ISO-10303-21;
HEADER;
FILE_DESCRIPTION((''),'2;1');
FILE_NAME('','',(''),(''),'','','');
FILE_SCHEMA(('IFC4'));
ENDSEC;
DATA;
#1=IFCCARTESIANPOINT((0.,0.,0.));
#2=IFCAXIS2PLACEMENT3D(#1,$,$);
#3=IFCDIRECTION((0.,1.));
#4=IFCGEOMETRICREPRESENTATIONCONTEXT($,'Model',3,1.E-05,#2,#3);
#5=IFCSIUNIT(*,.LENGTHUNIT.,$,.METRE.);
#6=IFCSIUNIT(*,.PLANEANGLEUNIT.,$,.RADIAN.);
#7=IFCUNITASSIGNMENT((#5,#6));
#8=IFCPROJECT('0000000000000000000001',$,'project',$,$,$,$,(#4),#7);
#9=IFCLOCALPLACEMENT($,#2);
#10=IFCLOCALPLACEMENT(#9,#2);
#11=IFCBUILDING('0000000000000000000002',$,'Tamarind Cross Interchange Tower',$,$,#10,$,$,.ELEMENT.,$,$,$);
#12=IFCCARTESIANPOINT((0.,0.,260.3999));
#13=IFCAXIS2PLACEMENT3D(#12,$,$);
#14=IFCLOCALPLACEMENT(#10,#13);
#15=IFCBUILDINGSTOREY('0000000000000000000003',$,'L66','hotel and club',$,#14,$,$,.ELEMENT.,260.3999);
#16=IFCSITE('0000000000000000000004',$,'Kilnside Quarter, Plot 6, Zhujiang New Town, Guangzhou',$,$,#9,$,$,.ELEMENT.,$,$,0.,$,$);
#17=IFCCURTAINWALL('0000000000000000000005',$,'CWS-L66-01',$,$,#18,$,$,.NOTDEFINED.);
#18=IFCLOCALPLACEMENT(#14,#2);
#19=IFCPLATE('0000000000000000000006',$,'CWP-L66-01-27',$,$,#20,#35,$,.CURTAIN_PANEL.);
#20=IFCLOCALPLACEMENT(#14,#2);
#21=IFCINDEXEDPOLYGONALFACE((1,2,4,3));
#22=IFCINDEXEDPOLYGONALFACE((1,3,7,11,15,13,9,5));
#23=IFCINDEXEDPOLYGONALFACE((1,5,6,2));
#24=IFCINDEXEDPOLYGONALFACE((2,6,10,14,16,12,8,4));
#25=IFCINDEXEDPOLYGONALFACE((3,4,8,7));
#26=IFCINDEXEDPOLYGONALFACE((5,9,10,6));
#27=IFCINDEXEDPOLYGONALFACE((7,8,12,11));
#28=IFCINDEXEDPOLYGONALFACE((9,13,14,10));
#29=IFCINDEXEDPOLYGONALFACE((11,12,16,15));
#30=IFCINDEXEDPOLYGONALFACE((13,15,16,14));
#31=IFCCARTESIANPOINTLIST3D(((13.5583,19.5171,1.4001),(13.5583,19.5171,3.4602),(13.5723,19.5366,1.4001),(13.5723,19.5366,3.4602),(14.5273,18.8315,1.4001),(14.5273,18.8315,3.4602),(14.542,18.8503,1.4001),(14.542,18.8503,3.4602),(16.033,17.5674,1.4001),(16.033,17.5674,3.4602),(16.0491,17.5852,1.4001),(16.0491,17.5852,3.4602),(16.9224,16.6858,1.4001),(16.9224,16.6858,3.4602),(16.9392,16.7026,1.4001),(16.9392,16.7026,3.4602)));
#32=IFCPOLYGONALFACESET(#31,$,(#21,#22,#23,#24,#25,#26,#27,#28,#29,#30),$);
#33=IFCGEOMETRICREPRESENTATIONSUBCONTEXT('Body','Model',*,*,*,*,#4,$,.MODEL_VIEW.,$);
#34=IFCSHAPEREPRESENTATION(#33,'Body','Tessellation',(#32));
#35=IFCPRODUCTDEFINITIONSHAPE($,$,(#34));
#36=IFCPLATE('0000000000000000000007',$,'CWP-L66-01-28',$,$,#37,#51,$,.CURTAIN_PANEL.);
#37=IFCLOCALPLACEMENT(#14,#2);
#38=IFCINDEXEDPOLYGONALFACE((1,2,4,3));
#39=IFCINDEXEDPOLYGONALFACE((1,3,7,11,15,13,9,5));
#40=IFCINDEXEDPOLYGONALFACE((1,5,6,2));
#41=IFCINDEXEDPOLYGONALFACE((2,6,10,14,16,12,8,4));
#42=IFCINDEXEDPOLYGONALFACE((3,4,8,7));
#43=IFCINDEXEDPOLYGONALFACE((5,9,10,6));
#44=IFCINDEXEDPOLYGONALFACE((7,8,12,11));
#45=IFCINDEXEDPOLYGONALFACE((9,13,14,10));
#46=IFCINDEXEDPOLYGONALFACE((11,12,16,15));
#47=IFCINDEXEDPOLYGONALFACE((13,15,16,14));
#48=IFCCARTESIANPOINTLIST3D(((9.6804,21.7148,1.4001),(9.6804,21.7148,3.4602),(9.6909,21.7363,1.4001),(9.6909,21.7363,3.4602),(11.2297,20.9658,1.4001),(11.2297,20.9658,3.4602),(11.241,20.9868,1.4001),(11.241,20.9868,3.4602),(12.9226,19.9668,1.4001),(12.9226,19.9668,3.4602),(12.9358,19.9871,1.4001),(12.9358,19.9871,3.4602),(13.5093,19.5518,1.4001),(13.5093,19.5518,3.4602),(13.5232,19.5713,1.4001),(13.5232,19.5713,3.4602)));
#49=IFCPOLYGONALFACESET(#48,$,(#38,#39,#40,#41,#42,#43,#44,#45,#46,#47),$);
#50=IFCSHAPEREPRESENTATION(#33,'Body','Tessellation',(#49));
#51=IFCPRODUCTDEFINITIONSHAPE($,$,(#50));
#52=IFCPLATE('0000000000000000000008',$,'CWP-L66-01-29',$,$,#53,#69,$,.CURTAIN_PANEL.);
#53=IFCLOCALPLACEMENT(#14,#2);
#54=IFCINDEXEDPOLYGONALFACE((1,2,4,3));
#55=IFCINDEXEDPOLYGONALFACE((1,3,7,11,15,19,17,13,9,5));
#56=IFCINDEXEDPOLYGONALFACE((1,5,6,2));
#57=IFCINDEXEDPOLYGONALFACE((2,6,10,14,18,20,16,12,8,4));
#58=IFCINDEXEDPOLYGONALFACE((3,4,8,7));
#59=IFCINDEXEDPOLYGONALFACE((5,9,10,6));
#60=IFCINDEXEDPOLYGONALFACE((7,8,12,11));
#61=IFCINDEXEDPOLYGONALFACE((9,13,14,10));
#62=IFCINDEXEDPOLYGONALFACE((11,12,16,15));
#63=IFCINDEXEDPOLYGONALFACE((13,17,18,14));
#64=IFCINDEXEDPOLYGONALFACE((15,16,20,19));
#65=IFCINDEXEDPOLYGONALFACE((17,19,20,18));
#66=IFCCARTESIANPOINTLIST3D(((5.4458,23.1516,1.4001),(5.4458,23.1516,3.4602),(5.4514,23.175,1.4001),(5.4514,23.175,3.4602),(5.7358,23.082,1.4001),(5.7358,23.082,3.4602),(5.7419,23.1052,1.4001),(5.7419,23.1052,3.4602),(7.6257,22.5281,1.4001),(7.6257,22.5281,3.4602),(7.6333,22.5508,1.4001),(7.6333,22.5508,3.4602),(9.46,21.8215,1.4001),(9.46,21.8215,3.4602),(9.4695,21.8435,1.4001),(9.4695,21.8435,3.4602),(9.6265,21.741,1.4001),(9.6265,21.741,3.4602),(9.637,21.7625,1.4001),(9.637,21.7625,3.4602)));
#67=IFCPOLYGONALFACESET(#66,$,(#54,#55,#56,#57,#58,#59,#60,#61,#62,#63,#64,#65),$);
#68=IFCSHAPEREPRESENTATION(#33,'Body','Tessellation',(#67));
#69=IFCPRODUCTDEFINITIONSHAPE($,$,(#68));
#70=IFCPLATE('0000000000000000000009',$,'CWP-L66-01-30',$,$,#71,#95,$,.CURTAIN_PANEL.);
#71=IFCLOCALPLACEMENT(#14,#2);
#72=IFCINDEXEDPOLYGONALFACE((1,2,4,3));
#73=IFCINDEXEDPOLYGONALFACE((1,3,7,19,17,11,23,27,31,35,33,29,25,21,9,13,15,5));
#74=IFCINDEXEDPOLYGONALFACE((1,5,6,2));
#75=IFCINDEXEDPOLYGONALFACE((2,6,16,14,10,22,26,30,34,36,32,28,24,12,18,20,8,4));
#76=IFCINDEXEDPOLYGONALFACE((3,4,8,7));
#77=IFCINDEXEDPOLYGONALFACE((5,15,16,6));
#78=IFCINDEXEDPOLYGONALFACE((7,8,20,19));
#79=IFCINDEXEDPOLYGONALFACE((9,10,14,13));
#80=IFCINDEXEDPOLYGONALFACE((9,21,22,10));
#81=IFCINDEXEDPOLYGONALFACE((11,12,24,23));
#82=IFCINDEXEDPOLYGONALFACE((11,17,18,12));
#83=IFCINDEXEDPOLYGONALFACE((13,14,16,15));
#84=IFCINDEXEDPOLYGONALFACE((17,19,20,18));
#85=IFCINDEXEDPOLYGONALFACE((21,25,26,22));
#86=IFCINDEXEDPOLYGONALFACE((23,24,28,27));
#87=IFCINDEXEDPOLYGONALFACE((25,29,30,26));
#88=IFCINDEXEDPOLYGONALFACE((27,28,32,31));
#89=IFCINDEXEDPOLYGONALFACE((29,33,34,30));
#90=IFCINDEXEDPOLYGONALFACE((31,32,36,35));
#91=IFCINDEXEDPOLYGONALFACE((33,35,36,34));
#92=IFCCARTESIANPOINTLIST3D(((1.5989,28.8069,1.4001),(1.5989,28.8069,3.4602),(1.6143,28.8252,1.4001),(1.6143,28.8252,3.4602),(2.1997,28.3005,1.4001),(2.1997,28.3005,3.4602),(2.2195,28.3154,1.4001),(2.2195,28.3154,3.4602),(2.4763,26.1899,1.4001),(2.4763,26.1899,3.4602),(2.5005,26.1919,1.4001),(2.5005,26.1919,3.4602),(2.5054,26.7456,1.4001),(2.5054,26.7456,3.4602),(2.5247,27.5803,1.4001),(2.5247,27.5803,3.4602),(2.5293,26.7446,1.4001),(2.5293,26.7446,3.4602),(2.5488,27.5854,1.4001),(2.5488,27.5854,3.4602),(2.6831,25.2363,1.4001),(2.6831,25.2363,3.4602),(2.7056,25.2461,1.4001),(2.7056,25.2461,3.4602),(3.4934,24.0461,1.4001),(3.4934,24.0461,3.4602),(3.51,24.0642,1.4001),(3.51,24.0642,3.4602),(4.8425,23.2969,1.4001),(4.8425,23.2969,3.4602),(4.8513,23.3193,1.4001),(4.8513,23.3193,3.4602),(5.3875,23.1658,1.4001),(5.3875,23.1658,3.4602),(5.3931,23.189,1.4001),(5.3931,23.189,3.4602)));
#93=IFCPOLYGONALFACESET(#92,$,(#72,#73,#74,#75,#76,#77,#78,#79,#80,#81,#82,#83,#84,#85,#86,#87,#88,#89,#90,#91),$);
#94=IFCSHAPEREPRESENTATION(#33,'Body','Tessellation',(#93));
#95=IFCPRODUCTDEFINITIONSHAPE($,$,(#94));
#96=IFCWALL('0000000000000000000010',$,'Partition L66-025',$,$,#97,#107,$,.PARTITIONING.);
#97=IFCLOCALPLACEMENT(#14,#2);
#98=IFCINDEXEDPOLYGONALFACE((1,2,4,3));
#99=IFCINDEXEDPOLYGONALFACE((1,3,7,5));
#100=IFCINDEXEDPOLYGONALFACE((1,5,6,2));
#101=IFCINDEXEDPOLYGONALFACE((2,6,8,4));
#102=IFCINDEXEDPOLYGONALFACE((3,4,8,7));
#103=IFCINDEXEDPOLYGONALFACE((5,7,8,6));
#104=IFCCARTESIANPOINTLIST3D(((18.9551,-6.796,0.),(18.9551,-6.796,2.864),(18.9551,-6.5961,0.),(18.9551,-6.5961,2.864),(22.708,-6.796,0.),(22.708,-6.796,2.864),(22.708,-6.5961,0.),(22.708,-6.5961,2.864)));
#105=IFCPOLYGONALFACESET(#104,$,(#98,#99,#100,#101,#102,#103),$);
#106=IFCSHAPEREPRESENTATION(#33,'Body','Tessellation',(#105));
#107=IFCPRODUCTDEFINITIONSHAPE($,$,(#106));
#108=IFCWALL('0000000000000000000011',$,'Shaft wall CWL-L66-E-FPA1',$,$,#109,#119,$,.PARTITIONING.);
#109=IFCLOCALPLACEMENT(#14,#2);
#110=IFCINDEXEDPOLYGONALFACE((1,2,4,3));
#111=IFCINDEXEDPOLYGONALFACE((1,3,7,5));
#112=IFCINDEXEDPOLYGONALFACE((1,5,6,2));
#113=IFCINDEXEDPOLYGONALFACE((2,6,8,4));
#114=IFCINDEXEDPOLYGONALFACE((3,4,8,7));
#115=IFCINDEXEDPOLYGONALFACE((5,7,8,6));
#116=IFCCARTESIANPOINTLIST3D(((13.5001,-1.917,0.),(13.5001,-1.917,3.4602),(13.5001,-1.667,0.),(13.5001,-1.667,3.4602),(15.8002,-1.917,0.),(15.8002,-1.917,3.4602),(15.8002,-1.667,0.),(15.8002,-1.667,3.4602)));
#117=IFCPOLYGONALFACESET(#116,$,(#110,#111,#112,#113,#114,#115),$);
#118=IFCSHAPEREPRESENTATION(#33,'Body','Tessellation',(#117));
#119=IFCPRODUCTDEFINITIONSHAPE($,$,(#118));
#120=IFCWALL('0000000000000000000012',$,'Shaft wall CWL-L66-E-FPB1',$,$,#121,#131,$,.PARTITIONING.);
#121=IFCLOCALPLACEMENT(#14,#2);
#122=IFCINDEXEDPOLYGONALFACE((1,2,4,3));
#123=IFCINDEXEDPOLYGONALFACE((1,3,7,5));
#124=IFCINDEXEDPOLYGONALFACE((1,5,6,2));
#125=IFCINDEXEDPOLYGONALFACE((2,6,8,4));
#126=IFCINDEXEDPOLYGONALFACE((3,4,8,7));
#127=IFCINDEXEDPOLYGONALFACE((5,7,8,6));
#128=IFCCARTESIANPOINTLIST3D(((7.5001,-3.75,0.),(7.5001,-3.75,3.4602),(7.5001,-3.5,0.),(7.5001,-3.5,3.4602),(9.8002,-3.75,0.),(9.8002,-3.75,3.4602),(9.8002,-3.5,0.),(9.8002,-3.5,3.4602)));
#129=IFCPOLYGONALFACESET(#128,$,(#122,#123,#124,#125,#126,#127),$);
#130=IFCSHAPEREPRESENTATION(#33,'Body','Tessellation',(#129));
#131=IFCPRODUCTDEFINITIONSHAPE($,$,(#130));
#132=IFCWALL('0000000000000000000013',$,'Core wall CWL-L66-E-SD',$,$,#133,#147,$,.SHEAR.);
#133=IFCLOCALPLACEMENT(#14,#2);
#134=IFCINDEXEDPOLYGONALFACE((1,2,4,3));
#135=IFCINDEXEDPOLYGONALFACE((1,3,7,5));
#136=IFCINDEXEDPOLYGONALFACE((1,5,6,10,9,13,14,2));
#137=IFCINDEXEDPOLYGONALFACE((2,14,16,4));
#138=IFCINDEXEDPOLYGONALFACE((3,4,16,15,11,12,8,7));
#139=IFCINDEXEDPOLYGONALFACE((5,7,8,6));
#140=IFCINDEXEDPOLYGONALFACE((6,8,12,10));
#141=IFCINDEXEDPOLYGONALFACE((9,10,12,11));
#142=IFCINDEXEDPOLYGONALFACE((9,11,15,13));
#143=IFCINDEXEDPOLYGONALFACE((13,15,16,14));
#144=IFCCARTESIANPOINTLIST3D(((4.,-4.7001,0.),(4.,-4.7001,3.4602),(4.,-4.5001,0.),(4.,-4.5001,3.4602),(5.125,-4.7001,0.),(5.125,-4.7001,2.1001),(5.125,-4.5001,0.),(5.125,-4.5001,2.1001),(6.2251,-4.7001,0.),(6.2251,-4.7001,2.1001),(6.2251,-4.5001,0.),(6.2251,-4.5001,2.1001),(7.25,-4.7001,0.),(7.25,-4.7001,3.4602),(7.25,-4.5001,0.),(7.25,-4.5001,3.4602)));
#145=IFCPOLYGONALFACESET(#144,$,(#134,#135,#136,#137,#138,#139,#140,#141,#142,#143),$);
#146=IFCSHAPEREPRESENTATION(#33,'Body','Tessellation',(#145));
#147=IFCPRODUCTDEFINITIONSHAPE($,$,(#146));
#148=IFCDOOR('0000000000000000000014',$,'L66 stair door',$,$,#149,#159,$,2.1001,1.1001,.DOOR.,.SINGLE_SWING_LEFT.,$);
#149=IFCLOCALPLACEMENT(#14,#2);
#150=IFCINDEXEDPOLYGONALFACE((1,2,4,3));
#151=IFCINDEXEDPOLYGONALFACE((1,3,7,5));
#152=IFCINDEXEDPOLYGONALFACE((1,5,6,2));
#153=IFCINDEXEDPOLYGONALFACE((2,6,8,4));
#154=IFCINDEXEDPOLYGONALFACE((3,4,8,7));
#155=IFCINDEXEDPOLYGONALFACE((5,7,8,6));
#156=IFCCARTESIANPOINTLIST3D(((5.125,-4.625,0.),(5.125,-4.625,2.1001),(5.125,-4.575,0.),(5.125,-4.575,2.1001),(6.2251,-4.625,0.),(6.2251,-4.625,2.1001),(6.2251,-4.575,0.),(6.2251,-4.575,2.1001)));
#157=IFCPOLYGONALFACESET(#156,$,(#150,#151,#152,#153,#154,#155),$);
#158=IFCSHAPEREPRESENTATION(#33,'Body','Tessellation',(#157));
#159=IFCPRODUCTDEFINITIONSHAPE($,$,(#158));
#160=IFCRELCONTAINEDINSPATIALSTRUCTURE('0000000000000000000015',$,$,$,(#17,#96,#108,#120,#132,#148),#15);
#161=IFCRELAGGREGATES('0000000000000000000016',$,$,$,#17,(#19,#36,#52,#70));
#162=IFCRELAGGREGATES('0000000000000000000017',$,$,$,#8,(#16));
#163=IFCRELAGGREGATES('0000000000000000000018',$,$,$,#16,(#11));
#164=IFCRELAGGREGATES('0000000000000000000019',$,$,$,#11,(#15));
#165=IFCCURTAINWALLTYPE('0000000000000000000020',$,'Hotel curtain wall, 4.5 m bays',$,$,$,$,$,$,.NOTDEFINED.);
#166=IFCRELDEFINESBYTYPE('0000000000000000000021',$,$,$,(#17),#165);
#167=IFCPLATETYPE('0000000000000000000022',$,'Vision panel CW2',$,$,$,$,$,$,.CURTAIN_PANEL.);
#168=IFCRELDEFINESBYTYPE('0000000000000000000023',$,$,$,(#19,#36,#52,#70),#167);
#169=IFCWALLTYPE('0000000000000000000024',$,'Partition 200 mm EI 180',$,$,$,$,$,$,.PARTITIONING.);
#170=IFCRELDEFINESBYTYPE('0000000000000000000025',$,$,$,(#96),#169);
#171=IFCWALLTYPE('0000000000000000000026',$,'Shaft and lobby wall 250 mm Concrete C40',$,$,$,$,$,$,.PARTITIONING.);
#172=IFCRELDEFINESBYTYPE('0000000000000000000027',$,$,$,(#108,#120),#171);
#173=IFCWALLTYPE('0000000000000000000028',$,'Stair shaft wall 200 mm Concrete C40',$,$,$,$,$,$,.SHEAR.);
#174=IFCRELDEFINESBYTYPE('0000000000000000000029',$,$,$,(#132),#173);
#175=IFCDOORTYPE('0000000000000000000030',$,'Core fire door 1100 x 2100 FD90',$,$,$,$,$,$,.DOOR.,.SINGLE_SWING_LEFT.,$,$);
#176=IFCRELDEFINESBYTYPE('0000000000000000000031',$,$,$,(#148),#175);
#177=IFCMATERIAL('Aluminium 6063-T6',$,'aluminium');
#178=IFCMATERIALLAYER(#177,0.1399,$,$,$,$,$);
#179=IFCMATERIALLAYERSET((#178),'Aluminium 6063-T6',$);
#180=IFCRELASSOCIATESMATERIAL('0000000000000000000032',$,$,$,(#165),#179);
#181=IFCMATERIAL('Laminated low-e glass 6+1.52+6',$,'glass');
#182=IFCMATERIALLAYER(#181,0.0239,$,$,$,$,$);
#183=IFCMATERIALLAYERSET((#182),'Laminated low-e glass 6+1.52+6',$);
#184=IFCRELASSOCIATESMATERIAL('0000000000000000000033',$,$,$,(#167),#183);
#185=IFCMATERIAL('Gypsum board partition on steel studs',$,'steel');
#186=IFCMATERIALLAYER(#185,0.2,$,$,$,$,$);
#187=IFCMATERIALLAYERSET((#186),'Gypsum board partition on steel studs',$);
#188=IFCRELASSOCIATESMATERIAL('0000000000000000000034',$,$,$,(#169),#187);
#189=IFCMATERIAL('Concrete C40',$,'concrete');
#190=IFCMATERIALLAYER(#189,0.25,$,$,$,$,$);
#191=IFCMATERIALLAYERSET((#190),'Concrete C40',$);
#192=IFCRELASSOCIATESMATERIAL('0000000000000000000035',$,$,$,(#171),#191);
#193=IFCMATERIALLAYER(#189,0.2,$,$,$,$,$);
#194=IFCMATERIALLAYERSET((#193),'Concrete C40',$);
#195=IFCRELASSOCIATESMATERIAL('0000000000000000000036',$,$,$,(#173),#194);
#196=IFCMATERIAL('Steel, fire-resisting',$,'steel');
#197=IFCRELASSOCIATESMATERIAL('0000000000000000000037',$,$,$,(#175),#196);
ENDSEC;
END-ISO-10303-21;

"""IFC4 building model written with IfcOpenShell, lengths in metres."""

from ifc_helpers import new_model, si_unit, direction, frame, frame_2d, origin, place, context, subcontext, project, spatial, polyline, rectangle, outline, extrude, material, layer, layer_set, type_object, element, fill, aggregate, save


model = new_model("IFC4")

# Units and contexts
model_context = context("Model", 3, precision=1e-05, world=origin(), true_north=direction((0.0, 1.0)))
body_context = subcontext(model_context, "Body", "Model", "MODEL_VIEW")
ifc_project = project(units=[si_unit("LENGTHUNIT", "METRE"), si_unit("PLANEANGLEUNIT", "RADIAN")], contexts=[model_context])

# Site, building, storey
site_placement = place(None, origin())
site = spatial("IfcSite", under=ifc_project, at=site_placement, Name="Kilnside Quarter, Plot 6, Zhujiang New Town, Guangzhou", CompositionType="ELEMENT", RefElevation=0.0)
building_placement = place(site_placement, origin())
building = spatial("IfcBuilding", under=site, at=building_placement, Name="Tamarind Cross Interchange Tower", CompositionType="ELEMENT")
storey_placement = place(building_placement, frame((0.0, 0.0, 260.3999)))
storey = spatial("IfcBuildingStorey", under=building, at=storey_placement, Name="L66", Description="hotel and club", CompositionType="ELEMENT", Elevation=260.3999)

# Curtain wall, plates
ifc_material_1 = material(Name="Aluminium 6063-T6", Category="aluminium")
ifc_layer_1 = layer(ifc_material_1, 0.1399)
ifc_layer_set_1 = layer_set([ifc_layer_1], Name="Aluminium 6063-T6")
curtain_wall_type = type_object("IfcCurtainWallType", Name="Hotel curtain wall, 4.5 m bays", PredefinedType="NOTDEFINED", material=ifc_layer_set_1)
curtain_wall_placement = place(storey_placement, origin())
curtain_wall = element("IfcCurtainWall", 1, at=curtain_wall_placement, inside=storey, type_object=curtain_wall_type, Name="CWS-L66-01", PredefinedType="NOTDEFINED")
ifc_material_2 = material(Name="Laminated low-e glass 6+1.52+6", Category="glass")
ifc_layer_2 = layer(ifc_material_2, 0.0239)
ifc_layer_set_2 = layer_set([ifc_layer_2], Name="Laminated low-e glass 6+1.52+6")
plate_type = type_object("IfcPlateType", Name="Vision panel CW2", PredefinedType="CURTAIN_PANEL", material=ifc_layer_set_2)
plate_1_placement = place(storey_placement, frame((0.0, 0.0, 1.4001)))
plate_1 = element("IfcPlate", 2, at=plate_1_placement, type_object=plate_type, Name="CWP-L66-01-27", PredefinedType="CURTAIN_PANEL", context=body_context, shape_type="SweptSolid", body=[
    extrude(outline(polyline([(16.9224, 16.6858), (16.033, 17.5674), (14.5273, 18.8315), (13.5583, 19.5171), (13.5723, 19.5366), (14.542, 18.8503), (16.0491, 17.5852), (16.9392, 16.7026), (16.9224, 16.6858)])), origin(), (0.0, 0.0, 1.0), 2.0601),
])
plate_2_placement = place(storey_placement, frame((0.0, 0.0, 1.4001)))
plate_2 = element("IfcPlate", 3, at=plate_2_placement, type_object=plate_type, Name="CWP-L66-01-28", PredefinedType="CURTAIN_PANEL", context=body_context, shape_type="SweptSolid", body=[
    extrude(outline(polyline([(13.5093, 19.5518), (12.9226, 19.9668), (11.2297, 20.9658), (9.6804, 21.7148), (9.6909, 21.7363), (11.241, 20.9868), (12.9358, 19.9871), (13.5232, 19.5713), (13.5093, 19.5518)])), origin(), (0.0, 0.0, 1.0), 2.0601),
])
plate_3_placement = place(storey_placement, frame((0.0, 0.0, 1.4001)))
plate_3 = element("IfcPlate", 4, at=plate_3_placement, type_object=plate_type, Name="CWP-L66-01-29", PredefinedType="CURTAIN_PANEL", context=body_context, shape_type="SweptSolid", body=[
    extrude(outline(polyline([(9.6265, 21.741), (9.46, 21.8215), (7.6257, 22.5281), (5.7358, 23.082), (5.4458, 23.1516), (5.4514, 23.175), (5.7419, 23.1052), (7.6333, 22.5508), (9.4695, 21.8435), (9.637, 21.7625), (9.6265, 21.741)])), origin(), (0.0, 0.0, 1.0), 2.0601),
])
plate_4_placement = place(storey_placement, frame((0.0, 0.0, 1.4001)))
plate_4 = element("IfcPlate", 5, at=plate_4_placement, type_object=plate_type, Name="CWP-L66-01-30", PredefinedType="CURTAIN_PANEL", context=body_context, shape_type="SweptSolid", body=[
    extrude(outline(polyline([(5.3875, 23.1658), (4.8425, 23.2969), (3.4934, 24.0461), (2.6831, 25.2363), (2.4763, 26.1899), (2.5054, 26.7456), (2.5247, 27.5803), (2.1997, 28.3005), (1.5989, 28.8069), (1.6143, 28.8252), (2.2195, 28.3154), (2.5488, 27.5854), (2.5293, 26.7446), (2.5005, 26.1919), (2.7056, 25.2461), (3.51, 24.0642), (4.8513, 23.3193), (5.3931, 23.189), (5.3875, 23.1658)])), origin(), (0.0, 0.0, 1.0), 2.0601),
])
aggregate(curtain_wall, [plate_1, plate_2, plate_3, plate_4])

# Walls
ifc_material_3 = material(Name="Gypsum board partition on steel studs", Category="steel")
ifc_layer_3 = layer(ifc_material_3, 0.2)
ifc_layer_set_3 = layer_set([ifc_layer_3], Name="Gypsum board partition on steel studs")
wall_type_1 = type_object("IfcWallType", Name="Partition 200 mm EI 180", PredefinedType="PARTITIONING", material=ifc_layer_set_3)
wall_1_placement = place(storey_placement, frame((18.9551, -6.696, 0.0), z_axis=(0.0, 0.0, 1.0), x_axis=(1.0, 0.0, 0.0)))
element("IfcWall", 6, at=wall_1_placement, inside=storey, type_object=wall_type_1, Name="Partition L66-025", PredefinedType="PARTITIONING", context=body_context, shape_type="SweptSolid", body=[
    extrude(rectangle(XDim=3.7529, YDim=0.2, at=frame_2d((1.8765, 0.0))), origin(), (0.0, 0.0, 1.0), 2.864),
])
ifc_material_4 = material(Name="Concrete C40", Category="concrete")
ifc_layer_4 = layer(ifc_material_4, 0.25)
ifc_layer_set_4 = layer_set([ifc_layer_4], Name="Concrete C40")
wall_type_2 = type_object("IfcWallType", Name="Shaft and lobby wall 250 mm Concrete C40", PredefinedType="PARTITIONING", material=ifc_layer_set_4)
for number, where, z_axis, x_axis, name in (
    (7, (15.8, -1.792, 0.0), (0.0, 0.0, 1.0), (-1.0, 0.0, 0.0), "Shaft wall CWL-L66-E-FPA1"),
    (8, (9.8, -3.625, 0.0), (0.0, 0.0, 1.0), (-1.0, 0.0, 0.0), "Shaft wall CWL-L66-E-FPB1"),
):
    element("IfcWall", number, at=place(storey_placement, frame(where, z_axis=z_axis, x_axis=x_axis)), inside=storey, type_object=wall_type_2, Name=name, PredefinedType="PARTITIONING", context=body_context, shape_type="SweptSolid", body=[
        extrude(rectangle(XDim=2.3, YDim=0.25, at=frame_2d((1.1499, 0.0))), origin(), (0.0, 0.0, 1.0), 3.4602),
    ])

# Wall, opening, door
ifc_layer_5 = layer(ifc_material_4, 0.2)
ifc_layer_set_5 = layer_set([ifc_layer_5], Name="Concrete C40")
wall_type_3 = type_object("IfcWallType", Name="Stair shaft wall 200 mm Concrete C40", PredefinedType="SHEAR", material=ifc_layer_set_5)
wall_2_placement = place(storey_placement, frame((7.25, -4.6001, 0.0), z_axis=(0.0, 0.0, 1.0), x_axis=(-1.0, 0.0, 0.0)))
wall_2 = element("IfcWall", 9, at=wall_2_placement, inside=storey, type_object=wall_type_3, Name="Core wall CWL-L66-E-SD", PredefinedType="SHEAR", context=body_context, shape_type="SweptSolid", body=[
    extrude(rectangle(XDim=3.25, YDim=0.2, at=frame_2d((1.625, 0.0))), origin(), (0.0, 0.0, 1.0), 3.4602),
])
opening_placement = place(wall_2_placement, frame((1.0249, 0.0, 0.0)))
opening = element("IfcOpeningElement", 10, at=opening_placement, cuts=wall_2, PredefinedType="OPENING", context=body_context, shape_type="SweptSolid", body=[
    extrude(rectangle(XDim=1.1001, YDim=2.1001, at=frame_2d((0.55, 1.05))), frame((0.0, 0.1099, 0.0), z_axis=(0.0, -1.0, 0.0), x_axis=(1.0, 0.0, 0.0)), (0.0, 0.0, 1.0), 0.22),
])
ifc_material_5 = material(Name="Steel, fire-resisting", Category="steel")
door_type = type_object("IfcDoorType", Name="Core fire door 1100 x 2100 FD90", OperationType="SINGLE_SWING_LEFT", PredefinedType="DOOR", material=ifc_material_5)
door_placement = place(opening_placement, origin())
door = element("IfcDoor", 11, at=door_placement, inside=storey, type_object=door_type, Name="L66 stair door", OperationType="SINGLE_SWING_LEFT", OverallHeight=2.1001, OverallWidth=1.1001, PredefinedType="DOOR", context=body_context, shape_type="SweptSolid", body=[
    extrude(rectangle(XDim=1.1001, YDim=2.1001, at=frame_2d((0.55, 1.05))), frame((0.0, 0.0249, 0.0), z_axis=(0.0, -1.0, 0.0), x_axis=(1.0, 0.0, 0.0)), (0.0, 0.0, 1.0), 0.05),
])
fill(opening, door)

save(model, "model.ifc")
